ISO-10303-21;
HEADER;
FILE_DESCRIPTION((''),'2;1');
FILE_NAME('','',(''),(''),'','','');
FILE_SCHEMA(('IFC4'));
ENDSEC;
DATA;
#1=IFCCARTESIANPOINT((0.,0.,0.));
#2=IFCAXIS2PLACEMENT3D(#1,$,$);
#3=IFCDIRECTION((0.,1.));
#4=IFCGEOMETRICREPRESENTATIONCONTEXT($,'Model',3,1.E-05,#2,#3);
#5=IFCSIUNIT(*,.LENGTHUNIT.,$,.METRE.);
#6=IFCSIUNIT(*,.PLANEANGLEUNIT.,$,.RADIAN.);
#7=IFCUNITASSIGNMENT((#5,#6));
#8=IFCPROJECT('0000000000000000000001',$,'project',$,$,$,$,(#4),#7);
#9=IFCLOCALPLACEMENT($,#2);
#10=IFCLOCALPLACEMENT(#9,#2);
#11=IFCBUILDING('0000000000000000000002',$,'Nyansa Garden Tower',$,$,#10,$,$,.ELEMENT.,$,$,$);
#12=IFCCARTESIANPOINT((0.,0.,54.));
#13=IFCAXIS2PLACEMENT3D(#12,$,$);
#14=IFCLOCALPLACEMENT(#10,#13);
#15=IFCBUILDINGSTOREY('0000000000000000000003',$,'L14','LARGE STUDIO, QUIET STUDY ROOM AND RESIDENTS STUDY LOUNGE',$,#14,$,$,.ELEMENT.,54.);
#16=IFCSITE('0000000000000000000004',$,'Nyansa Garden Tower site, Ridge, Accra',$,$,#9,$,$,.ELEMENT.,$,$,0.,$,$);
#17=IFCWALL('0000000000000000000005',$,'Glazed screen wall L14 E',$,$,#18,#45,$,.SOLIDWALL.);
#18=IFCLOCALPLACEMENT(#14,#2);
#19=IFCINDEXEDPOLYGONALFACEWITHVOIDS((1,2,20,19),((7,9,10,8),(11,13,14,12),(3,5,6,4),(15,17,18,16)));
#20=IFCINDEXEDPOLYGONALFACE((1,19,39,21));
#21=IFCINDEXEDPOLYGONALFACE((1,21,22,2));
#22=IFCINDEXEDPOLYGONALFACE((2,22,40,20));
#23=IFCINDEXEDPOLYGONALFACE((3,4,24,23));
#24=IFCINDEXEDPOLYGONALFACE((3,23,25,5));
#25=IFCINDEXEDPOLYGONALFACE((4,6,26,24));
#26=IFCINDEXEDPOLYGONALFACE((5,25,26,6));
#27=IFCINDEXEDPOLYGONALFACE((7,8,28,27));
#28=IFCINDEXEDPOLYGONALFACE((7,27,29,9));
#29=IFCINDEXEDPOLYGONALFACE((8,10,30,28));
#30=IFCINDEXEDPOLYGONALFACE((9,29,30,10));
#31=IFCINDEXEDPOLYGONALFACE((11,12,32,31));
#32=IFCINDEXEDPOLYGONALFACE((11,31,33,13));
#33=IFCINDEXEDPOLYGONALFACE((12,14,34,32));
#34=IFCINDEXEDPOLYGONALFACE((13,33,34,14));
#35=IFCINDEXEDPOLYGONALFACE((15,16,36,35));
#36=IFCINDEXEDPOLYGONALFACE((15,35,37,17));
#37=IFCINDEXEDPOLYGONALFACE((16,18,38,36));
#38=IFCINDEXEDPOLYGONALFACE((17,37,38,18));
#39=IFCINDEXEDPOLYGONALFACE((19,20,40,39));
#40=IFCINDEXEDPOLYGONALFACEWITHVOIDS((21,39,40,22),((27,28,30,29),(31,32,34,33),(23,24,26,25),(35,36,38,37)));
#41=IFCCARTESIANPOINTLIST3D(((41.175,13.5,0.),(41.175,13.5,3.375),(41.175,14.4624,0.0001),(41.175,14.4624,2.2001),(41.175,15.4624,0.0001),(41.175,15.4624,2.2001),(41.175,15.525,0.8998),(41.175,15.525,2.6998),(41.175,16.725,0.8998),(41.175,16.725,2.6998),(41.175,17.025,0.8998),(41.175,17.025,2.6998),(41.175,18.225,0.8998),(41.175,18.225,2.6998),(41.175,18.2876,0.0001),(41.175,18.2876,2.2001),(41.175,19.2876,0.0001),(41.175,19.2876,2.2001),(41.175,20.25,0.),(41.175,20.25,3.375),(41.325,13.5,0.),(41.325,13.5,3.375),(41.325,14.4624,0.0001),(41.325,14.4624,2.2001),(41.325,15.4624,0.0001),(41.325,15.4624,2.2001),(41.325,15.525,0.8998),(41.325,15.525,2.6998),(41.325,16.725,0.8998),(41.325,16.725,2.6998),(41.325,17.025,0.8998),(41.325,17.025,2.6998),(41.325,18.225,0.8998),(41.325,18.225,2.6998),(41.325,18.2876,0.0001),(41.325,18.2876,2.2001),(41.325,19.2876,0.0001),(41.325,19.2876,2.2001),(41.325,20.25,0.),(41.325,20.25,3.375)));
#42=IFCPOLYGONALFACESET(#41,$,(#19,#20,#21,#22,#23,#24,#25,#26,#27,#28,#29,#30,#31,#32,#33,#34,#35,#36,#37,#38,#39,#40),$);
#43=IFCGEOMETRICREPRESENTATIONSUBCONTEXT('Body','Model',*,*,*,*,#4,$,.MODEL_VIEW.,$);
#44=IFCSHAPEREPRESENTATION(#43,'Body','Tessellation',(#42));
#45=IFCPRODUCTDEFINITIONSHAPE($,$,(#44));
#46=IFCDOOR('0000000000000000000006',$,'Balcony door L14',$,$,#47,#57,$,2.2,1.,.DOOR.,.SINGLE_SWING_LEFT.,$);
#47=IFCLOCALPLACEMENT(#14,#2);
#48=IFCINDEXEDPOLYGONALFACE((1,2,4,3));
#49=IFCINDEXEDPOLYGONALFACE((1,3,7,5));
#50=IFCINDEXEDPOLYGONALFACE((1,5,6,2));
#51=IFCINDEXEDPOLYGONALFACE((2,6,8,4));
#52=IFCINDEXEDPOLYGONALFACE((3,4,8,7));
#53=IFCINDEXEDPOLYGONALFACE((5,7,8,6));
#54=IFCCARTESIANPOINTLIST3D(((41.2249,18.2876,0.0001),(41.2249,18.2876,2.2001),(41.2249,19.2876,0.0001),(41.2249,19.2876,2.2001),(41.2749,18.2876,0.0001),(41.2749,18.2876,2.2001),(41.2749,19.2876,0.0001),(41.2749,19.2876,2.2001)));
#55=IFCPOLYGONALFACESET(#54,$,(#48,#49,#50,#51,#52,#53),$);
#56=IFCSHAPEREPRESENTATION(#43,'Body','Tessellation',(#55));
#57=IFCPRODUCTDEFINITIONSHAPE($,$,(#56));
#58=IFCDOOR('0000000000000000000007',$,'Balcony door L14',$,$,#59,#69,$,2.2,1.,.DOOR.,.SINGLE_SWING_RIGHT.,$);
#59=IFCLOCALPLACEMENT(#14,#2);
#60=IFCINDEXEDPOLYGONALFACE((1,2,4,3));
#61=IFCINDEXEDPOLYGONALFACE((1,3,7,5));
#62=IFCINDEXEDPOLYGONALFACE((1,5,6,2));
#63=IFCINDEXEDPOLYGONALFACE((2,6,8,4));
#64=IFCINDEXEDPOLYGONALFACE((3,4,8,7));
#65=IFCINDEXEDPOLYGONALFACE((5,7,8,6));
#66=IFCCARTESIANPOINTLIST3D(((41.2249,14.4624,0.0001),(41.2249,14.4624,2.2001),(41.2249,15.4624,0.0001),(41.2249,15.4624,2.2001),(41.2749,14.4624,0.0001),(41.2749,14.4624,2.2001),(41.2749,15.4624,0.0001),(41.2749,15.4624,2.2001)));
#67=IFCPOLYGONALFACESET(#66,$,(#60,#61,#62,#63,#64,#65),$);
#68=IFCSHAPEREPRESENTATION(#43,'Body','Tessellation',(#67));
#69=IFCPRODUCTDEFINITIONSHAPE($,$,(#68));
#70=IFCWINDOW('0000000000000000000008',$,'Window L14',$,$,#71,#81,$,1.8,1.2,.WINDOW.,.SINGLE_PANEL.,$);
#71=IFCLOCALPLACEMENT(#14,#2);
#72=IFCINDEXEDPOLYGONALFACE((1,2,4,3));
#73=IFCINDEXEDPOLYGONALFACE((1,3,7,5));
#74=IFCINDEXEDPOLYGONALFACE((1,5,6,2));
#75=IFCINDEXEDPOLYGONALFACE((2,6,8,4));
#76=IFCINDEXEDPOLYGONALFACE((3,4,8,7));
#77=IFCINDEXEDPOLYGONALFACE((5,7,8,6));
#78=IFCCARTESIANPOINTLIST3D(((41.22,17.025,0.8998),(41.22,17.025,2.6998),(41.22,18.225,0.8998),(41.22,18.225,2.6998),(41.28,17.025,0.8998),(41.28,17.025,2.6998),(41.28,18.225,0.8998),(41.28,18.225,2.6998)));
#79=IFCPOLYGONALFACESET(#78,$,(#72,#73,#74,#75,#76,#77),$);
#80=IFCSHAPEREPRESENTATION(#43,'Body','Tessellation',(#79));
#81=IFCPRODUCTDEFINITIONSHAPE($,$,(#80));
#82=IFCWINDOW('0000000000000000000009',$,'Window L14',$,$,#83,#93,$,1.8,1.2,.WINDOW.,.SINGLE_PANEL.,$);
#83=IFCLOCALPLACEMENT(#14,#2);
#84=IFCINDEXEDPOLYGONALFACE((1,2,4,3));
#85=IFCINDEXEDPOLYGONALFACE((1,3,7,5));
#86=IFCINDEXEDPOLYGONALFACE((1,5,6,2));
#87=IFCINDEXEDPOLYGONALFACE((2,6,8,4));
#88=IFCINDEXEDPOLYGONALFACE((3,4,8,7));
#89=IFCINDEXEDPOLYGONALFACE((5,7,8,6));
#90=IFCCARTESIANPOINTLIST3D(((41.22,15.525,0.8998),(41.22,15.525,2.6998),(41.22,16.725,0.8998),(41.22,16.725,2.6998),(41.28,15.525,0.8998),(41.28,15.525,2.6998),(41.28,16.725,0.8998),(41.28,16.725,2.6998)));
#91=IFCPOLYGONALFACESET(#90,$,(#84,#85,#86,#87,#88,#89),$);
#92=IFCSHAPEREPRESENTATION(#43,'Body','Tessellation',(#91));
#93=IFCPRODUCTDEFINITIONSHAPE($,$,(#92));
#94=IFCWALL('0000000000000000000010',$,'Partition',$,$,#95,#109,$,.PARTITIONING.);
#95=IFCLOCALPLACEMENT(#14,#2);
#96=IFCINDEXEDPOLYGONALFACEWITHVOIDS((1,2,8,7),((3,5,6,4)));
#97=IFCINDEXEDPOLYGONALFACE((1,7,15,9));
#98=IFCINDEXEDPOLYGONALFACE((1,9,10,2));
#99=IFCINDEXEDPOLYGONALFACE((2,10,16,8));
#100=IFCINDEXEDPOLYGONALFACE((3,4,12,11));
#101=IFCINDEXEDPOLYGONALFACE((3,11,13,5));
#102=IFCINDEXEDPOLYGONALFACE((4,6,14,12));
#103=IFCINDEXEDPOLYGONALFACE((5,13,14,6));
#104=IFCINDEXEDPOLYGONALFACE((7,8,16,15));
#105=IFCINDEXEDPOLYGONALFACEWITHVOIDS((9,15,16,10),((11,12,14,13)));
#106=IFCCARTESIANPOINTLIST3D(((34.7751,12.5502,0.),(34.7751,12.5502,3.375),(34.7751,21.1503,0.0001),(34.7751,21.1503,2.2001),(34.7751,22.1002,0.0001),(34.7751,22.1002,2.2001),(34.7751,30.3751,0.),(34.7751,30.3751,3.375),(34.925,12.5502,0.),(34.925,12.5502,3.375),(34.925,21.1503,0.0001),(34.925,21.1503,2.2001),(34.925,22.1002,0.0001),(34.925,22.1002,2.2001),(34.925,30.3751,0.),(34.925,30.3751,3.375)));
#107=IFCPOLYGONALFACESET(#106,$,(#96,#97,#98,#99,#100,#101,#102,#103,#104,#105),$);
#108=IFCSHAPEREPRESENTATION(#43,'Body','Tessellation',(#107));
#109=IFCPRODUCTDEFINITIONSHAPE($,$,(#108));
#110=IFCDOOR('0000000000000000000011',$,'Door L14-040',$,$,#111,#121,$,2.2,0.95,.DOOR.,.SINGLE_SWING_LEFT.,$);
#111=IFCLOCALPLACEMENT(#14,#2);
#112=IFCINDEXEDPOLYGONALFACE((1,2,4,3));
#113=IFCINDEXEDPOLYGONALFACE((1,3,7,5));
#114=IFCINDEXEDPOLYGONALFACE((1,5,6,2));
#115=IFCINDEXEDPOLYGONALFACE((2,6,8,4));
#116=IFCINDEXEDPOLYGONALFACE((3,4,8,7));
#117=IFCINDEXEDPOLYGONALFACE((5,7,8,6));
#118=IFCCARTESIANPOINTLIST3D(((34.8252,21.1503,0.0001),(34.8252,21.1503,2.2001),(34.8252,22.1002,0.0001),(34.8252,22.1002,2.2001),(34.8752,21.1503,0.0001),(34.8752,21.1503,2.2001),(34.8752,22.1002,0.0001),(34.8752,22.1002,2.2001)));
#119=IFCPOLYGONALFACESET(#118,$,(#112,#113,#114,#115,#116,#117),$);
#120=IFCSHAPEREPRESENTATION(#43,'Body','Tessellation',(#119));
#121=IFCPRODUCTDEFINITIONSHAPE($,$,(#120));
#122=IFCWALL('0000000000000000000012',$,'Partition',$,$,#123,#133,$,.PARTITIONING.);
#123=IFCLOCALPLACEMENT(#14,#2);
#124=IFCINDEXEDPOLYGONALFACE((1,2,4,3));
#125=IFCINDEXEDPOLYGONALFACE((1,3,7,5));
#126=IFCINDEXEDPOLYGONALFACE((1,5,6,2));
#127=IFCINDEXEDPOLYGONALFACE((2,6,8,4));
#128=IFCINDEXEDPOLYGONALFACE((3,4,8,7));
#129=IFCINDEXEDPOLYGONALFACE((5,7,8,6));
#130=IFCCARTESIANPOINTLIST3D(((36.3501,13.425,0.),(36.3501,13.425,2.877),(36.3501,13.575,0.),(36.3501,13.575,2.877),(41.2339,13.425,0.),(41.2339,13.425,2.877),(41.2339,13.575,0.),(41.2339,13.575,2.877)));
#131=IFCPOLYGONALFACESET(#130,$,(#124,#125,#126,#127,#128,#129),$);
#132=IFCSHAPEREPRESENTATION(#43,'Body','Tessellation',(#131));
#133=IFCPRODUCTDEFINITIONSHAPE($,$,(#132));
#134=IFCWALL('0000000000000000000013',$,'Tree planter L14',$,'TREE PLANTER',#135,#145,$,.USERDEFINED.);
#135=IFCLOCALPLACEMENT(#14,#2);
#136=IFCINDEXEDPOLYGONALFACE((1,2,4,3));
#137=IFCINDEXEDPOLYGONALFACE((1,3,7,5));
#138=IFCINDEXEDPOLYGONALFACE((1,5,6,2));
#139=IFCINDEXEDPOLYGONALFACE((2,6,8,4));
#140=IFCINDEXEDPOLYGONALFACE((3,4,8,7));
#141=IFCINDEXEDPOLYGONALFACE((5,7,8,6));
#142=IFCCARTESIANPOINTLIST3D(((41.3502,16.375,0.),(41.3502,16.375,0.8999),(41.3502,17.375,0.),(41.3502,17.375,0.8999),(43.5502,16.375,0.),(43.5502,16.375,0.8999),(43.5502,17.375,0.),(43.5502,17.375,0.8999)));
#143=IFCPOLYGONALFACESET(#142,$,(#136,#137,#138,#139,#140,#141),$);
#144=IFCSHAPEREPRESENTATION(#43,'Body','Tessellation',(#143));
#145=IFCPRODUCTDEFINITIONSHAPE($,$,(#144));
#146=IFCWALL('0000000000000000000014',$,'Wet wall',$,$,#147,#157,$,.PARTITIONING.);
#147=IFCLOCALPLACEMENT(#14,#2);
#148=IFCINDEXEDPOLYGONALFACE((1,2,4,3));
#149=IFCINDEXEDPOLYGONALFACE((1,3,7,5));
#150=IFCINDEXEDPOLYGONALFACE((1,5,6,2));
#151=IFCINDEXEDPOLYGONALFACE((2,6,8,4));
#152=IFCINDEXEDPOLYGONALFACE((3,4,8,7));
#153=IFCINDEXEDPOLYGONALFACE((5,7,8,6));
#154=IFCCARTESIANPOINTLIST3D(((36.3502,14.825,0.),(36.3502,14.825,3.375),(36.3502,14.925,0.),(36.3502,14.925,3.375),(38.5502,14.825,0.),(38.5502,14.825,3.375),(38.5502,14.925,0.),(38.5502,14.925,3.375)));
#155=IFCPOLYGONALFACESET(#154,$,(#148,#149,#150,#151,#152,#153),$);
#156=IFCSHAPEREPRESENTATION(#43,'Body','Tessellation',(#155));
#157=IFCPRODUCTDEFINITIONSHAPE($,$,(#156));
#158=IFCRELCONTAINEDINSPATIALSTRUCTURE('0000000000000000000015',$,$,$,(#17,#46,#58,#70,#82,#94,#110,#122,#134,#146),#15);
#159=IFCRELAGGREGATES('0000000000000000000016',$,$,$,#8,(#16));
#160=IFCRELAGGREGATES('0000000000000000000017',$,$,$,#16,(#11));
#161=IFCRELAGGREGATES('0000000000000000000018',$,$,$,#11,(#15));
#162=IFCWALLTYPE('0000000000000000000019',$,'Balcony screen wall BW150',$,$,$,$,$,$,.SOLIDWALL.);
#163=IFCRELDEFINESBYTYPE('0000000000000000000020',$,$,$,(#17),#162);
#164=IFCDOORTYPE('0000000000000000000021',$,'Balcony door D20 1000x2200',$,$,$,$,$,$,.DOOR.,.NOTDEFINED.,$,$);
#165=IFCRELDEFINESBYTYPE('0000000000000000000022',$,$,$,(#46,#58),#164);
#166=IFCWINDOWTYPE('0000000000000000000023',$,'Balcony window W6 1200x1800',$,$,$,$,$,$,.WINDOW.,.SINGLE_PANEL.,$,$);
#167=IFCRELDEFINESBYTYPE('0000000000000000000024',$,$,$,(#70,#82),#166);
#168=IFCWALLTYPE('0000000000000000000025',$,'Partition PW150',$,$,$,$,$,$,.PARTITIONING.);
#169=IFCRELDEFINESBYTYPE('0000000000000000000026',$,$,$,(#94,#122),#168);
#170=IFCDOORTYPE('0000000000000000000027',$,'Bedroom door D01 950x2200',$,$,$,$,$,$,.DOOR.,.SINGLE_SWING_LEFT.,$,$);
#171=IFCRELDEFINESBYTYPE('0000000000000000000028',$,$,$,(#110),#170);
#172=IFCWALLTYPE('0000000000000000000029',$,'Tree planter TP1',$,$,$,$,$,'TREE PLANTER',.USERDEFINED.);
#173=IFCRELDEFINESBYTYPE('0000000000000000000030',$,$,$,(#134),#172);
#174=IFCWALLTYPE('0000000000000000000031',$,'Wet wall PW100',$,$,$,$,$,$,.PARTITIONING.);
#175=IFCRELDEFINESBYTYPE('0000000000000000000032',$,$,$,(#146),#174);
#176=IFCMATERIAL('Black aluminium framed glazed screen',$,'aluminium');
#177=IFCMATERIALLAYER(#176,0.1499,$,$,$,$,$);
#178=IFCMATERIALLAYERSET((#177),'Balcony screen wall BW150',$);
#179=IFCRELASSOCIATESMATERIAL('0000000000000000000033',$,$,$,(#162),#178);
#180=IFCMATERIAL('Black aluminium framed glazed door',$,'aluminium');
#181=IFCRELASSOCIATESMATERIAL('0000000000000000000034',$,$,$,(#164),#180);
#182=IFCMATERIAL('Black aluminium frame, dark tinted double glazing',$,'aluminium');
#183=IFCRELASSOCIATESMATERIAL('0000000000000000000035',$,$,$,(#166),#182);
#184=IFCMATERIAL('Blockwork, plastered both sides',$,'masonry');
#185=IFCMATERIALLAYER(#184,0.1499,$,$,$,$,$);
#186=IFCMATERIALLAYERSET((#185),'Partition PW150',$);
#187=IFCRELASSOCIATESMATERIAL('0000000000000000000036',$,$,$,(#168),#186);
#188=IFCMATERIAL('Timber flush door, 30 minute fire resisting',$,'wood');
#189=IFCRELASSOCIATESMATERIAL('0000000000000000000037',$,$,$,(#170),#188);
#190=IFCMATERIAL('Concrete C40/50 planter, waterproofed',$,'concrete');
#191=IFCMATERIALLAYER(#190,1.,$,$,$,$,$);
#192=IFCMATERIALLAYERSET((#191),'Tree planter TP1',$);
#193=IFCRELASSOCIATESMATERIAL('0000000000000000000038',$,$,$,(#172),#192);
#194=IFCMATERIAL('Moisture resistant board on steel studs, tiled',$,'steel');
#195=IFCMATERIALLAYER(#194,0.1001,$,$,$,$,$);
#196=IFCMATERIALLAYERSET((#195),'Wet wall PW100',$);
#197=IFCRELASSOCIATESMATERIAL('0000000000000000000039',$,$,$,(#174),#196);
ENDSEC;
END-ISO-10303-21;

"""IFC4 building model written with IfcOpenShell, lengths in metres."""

from ifc_helpers import new_model, si_unit, direction, frame, frame_2d, origin, place, context, subcontext, project, spatial, rectangle, extrude, material, layer, layer_set, type_object, element, fill, save


model = new_model("IFC4")

# Units and contexts
model_context = context("Model", 3, precision=1e-05, world=origin(), true_north=direction((0.0, 1.0)))
body_context = subcontext(model_context, "Body", "Model", "MODEL_VIEW")
ifc_project = project(units=[si_unit("LENGTHUNIT", "METRE"), si_unit("PLANEANGLEUNIT", "RADIAN")], contexts=[model_context])

# Site, building, storey
site_placement = place(None, origin())
site = spatial("IfcSite", under=ifc_project, at=site_placement, Name="Nyansa Garden Tower site, Ridge, Accra", CompositionType="ELEMENT", RefElevation=0.0)
building_placement = place(site_placement, origin())
building = spatial("IfcBuilding", under=site, at=building_placement, Name="Nyansa Garden Tower", CompositionType="ELEMENT")
storey_placement = place(building_placement, frame((0.0, 0.0, 54.0)))
storey = spatial("IfcBuildingStorey", under=building, at=storey_placement, Name="L14", Description="LARGE STUDIO, QUIET STUDY ROOM AND RESIDENTS STUDY LOUNGE", CompositionType="ELEMENT", Elevation=54.0)

# Wall, openings, doors, windows
ifc_material_1 = material(Name="Black aluminium framed glazed screen", Category="aluminium")
ifc_layer_1 = layer(ifc_material_1, 0.1499)
ifc_layer_set_1 = layer_set([ifc_layer_1], Name="Balcony screen wall BW150")
wall_type_1 = type_object("IfcWallType", Name="Balcony screen wall BW150", PredefinedType="SOLIDWALL", material=ifc_layer_set_1)
wall_1_placement = place(storey_placement, frame((41.25, 20.25, 0.0), z_axis=(0.0, 0.0, 1.0), x_axis=(0.0, -1.0, 0.0)))
wall_1 = element("IfcWall", 1, at=wall_1_placement, inside=storey, type_object=wall_type_1, Name="Glazed screen wall L14 E", PredefinedType="SOLIDWALL", context=body_context, shape_type="SweptSolid", body=[
    extrude(rectangle(XDim=6.75, YDim=0.1499, at=frame_2d((3.375, 0.0))), origin(), (0.0, 0.0, 1.0), 3.375),
])
opening_1_placement = place(wall_1_placement, frame((0.9624, 0.0, 0.0)))
opening_1 = element("IfcOpeningElement", 2, at=opening_1_placement, cuts=wall_1, PredefinedType="OPENING", context=body_context, shape_type="SweptSolid", body=[
    extrude(rectangle(XDim=1.0, YDim=2.2, at=frame_2d((0.5, 1.1001))), frame((0.0, 0.085, 0.0), z_axis=(0.0, -1.0, 0.0), x_axis=(1.0, 0.0, 0.0)), (0.0, 0.0, 1.0), 0.1699),
])
opening_2_placement = place(wall_1_placement, frame((2.0249, 0.0, 0.8999)))
opening_2 = element("IfcOpeningElement", 3, at=opening_2_placement, cuts=wall_1, PredefinedType="OPENING", context=body_context, shape_type="SweptSolid", body=[
    extrude(rectangle(XDim=1.2, YDim=1.8, at=frame_2d((0.6001, 0.8999))), frame((0.0, 0.085, 0.0), z_axis=(0.0, -1.0, 0.0), x_axis=(1.0, 0.0, 0.0)), (0.0, 0.0, 1.0), 0.1699),
])
opening_3_placement = place(wall_1_placement, frame((4.7876, 0.0, 0.0)))
opening_3 = element("IfcOpeningElement", 4, at=opening_3_placement, cuts=wall_1, PredefinedType="OPENING", context=body_context, shape_type="SweptSolid", body=[
    extrude(rectangle(XDim=1.0, YDim=2.2, at=frame_2d((0.5, 1.1001))), frame((0.0, 0.085, 0.0), z_axis=(0.0, -1.0, 0.0), x_axis=(1.0, 0.0, 0.0)), (0.0, 0.0, 1.0), 0.1699),
])
opening_4_placement = place(wall_1_placement, frame((3.5249, 0.0, 0.8999)))
opening_4 = element("IfcOpeningElement", 5, at=opening_4_placement, cuts=wall_1, PredefinedType="OPENING", context=body_context, shape_type="SweptSolid", body=[
    extrude(rectangle(XDim=1.2, YDim=1.8, at=frame_2d((0.6001, 0.8999))), frame((0.0, 0.085, 0.0), z_axis=(0.0, -1.0, 0.0), x_axis=(1.0, 0.0, 0.0)), (0.0, 0.0, 1.0), 0.1699),
])
ifc_material_2 = material(Name="Black aluminium framed glazed door", Category="aluminium")
door_type_1 = type_object("IfcDoorType", Name="Balcony door D20 1000x2200", OperationType="NOTDEFINED", PredefinedType="DOOR", material=ifc_material_2)
door_1_placement = place(opening_1_placement, origin())
door_1 = element("IfcDoor", 6, at=door_1_placement, inside=storey, type_object=door_type_1, Name="Balcony door L14", OperationType="SINGLE_SWING_LEFT", OverallHeight=2.2, OverallWidth=1.0, PredefinedType="DOOR", context=body_context, shape_type="SweptSolid", body=[
    extrude(rectangle(XDim=1.0, YDim=2.2, at=frame_2d((0.5, 1.1001))), frame((0.0, 0.0249, 0.0), z_axis=(0.0, -1.0, 0.0), x_axis=(1.0, 0.0, 0.0)), (0.0, 0.0, 1.0), 0.05),
])
fill(opening_1, door_1)
door_2_placement = place(opening_3_placement, origin())
door_2 = element("IfcDoor", 7, at=door_2_placement, inside=storey, type_object=door_type_1, Name="Balcony door L14", OperationType="SINGLE_SWING_RIGHT", OverallHeight=2.2, OverallWidth=1.0, PredefinedType="DOOR", context=body_context, shape_type="SweptSolid", body=[
    extrude(rectangle(XDim=1.0, YDim=2.2, at=frame_2d((0.5, 1.1001))), frame((0.0, 0.0249, 0.0), z_axis=(0.0, -1.0, 0.0), x_axis=(1.0, 0.0, 0.0)), (0.0, 0.0, 1.0), 0.05),
])
fill(opening_3, door_2)
ifc_material_3 = material(Name="Black aluminium frame, dark tinted double glazing", Category="aluminium")
window_type = type_object("IfcWindowType", Name="Balcony window W6 1200x1800", PartitioningType="SINGLE_PANEL", PredefinedType="WINDOW", material=ifc_material_3)
window_1_placement = place(opening_2_placement, origin())
window_1 = element("IfcWindow", 8, at=window_1_placement, inside=storey, type_object=window_type, Name="Window L14", OverallHeight=1.8, OverallWidth=1.2, PartitioningType="SINGLE_PANEL", PredefinedType="WINDOW", context=body_context, shape_type="SweptSolid", body=[
    extrude(rectangle(XDim=1.2, YDim=1.8, at=frame_2d((0.6001, 0.8999))), frame((0.0, 0.03, 0.0), z_axis=(0.0, -1.0, 0.0), x_axis=(1.0, 0.0, 0.0)), (0.0, 0.0, 1.0), 0.0601),
])
fill(opening_2, window_1)
window_2_placement = place(opening_4_placement, origin())
window_2 = element("IfcWindow", 9, at=window_2_placement, inside=storey, type_object=window_type, Name="Window L14", OverallHeight=1.8, OverallWidth=1.2, PartitioningType="SINGLE_PANEL", PredefinedType="WINDOW", context=body_context, shape_type="SweptSolid", body=[
    extrude(rectangle(XDim=1.2, YDim=1.8, at=frame_2d((0.6001, 0.8999))), frame((0.0, 0.03, 0.0), z_axis=(0.0, -1.0, 0.0), x_axis=(1.0, 0.0, 0.0)), (0.0, 0.0, 1.0), 0.0601),
])
fill(opening_4, window_2)

# Wall, opening, door
ifc_material_4 = material(Name="Blockwork, plastered both sides", Category="masonry")
ifc_layer_2 = layer(ifc_material_4, 0.1499)
ifc_layer_set_2 = layer_set([ifc_layer_2], Name="Partition PW150")
wall_type_2 = type_object("IfcWallType", Name="Partition PW150", PredefinedType="PARTITIONING", material=ifc_layer_set_2)
wall_2_placement = place(storey_placement, frame((34.8501, 12.55, 0.0), z_axis=(0.0, 0.0, 1.0), x_axis=(0.0, 1.0, 0.0)))
wall_2 = element("IfcWall", 10, at=wall_2_placement, inside=storey, type_object=wall_type_2, Name="Partition", PredefinedType="PARTITIONING", context=body_context, shape_type="SweptSolid", body=[
    extrude(rectangle(XDim=17.825, YDim=0.1499, at=frame_2d((8.9126, 0.0))), origin(), (0.0, 0.0, 1.0), 3.375),
])
opening_5_placement = place(wall_2_placement, frame((8.6001, 0.0, 0.0)))
opening_5 = element("IfcOpeningElement", 11, at=opening_5_placement, cuts=wall_2, PredefinedType="OPENING", context=body_context, shape_type="SweptSolid", body=[
    extrude(rectangle(XDim=0.95, YDim=2.2, at=frame_2d((0.4751, 1.1001))), frame((0.0, 0.085, 0.0), z_axis=(0.0, -1.0, 0.0), x_axis=(1.0, 0.0, 0.0)), (0.0, 0.0, 1.0), 0.1699),
])
ifc_material_5 = material(Name="Timber flush door, 30 minute fire resisting", Category="wood")
door_type_2 = type_object("IfcDoorType", Name="Bedroom door D01 950x2200", OperationType="SINGLE_SWING_LEFT", PredefinedType="DOOR", material=ifc_material_5)
door_3_placement = place(opening_5_placement, origin())
door_3 = element("IfcDoor", 12, at=door_3_placement, inside=storey, type_object=door_type_2, Name="Door L14-040", OperationType="SINGLE_SWING_LEFT", OverallHeight=2.2, OverallWidth=0.95, PredefinedType="DOOR", context=body_context, shape_type="SweptSolid", body=[
    extrude(rectangle(XDim=0.95, YDim=2.2, at=frame_2d((0.4751, 1.1001))), frame((0.0, 0.0249, 0.0), z_axis=(0.0, -1.0, 0.0), x_axis=(1.0, 0.0, 0.0)), (0.0, 0.0, 1.0), 0.05),
])
fill(opening_5, door_3)

# Walls
wall_3_placement = place(storey_placement, frame((36.3501, 13.5, 0.0), z_axis=(0.0, 0.0, 1.0), x_axis=(1.0, 0.0, 0.0)))
element("IfcWall", 13, at=wall_3_placement, inside=storey, type_object=wall_type_2, Name="Partition", PredefinedType="PARTITIONING", context=body_context, shape_type="SweptSolid", body=[
    extrude(rectangle(XDim=4.8838, YDim=0.1499, at=frame_2d((2.4419, 0.0))), origin(), (0.0, 0.0, 1.0), 2.877),
])
ifc_material_6 = material(Name="Concrete C40/50 planter, waterproofed", Category="concrete")
ifc_layer_3 = layer(ifc_material_6, 1.0)
ifc_layer_set_3 = layer_set([ifc_layer_3], Name="Tree planter TP1")
wall_type_3 = type_object("IfcWallType", Name="Tree planter TP1", ElementType="TREE PLANTER", PredefinedType="USERDEFINED", material=ifc_layer_set_3)
wall_4_placement = place(storey_placement, frame((41.3501, 16.875, 0.0), z_axis=(0.0, 0.0, 1.0), x_axis=(1.0, 0.0, 0.0)))
element("IfcWall", 14, at=wall_4_placement, inside=storey, type_object=wall_type_3, Name="Tree planter L14", ObjectType="TREE PLANTER", PredefinedType="USERDEFINED", context=body_context, shape_type="SweptSolid", body=[
    extrude(rectangle(XDim=2.2, YDim=1.0, at=frame_2d((1.1001, 0.0))), origin(), (0.0, 0.0, 1.0), 0.8999),
])
ifc_material_7 = material(Name="Moisture resistant board on steel studs, tiled", Category="steel")
ifc_layer_4 = layer(ifc_material_7, 0.1001)
ifc_layer_set_4 = layer_set([ifc_layer_4], Name="Wet wall PW100")
wall_type_4 = type_object("IfcWallType", Name="Wet wall PW100", PredefinedType="PARTITIONING", material=ifc_layer_set_4)
wall_5_placement = place(storey_placement, frame((36.3501, 14.875, 0.0), z_axis=(0.0, 0.0, 1.0), x_axis=(1.0, 0.0, 0.0)))
element("IfcWall", 15, at=wall_5_placement, inside=storey, type_object=wall_type_4, Name="Wet wall", PredefinedType="PARTITIONING", context=body_context, shape_type="SweptSolid", body=[
    extrude(rectangle(XDim=2.2, YDim=0.1001, at=frame_2d((1.1001, 0.0))), origin(), (0.0, 0.0, 1.0), 3.375),
])

save(model, "model.ifc")
